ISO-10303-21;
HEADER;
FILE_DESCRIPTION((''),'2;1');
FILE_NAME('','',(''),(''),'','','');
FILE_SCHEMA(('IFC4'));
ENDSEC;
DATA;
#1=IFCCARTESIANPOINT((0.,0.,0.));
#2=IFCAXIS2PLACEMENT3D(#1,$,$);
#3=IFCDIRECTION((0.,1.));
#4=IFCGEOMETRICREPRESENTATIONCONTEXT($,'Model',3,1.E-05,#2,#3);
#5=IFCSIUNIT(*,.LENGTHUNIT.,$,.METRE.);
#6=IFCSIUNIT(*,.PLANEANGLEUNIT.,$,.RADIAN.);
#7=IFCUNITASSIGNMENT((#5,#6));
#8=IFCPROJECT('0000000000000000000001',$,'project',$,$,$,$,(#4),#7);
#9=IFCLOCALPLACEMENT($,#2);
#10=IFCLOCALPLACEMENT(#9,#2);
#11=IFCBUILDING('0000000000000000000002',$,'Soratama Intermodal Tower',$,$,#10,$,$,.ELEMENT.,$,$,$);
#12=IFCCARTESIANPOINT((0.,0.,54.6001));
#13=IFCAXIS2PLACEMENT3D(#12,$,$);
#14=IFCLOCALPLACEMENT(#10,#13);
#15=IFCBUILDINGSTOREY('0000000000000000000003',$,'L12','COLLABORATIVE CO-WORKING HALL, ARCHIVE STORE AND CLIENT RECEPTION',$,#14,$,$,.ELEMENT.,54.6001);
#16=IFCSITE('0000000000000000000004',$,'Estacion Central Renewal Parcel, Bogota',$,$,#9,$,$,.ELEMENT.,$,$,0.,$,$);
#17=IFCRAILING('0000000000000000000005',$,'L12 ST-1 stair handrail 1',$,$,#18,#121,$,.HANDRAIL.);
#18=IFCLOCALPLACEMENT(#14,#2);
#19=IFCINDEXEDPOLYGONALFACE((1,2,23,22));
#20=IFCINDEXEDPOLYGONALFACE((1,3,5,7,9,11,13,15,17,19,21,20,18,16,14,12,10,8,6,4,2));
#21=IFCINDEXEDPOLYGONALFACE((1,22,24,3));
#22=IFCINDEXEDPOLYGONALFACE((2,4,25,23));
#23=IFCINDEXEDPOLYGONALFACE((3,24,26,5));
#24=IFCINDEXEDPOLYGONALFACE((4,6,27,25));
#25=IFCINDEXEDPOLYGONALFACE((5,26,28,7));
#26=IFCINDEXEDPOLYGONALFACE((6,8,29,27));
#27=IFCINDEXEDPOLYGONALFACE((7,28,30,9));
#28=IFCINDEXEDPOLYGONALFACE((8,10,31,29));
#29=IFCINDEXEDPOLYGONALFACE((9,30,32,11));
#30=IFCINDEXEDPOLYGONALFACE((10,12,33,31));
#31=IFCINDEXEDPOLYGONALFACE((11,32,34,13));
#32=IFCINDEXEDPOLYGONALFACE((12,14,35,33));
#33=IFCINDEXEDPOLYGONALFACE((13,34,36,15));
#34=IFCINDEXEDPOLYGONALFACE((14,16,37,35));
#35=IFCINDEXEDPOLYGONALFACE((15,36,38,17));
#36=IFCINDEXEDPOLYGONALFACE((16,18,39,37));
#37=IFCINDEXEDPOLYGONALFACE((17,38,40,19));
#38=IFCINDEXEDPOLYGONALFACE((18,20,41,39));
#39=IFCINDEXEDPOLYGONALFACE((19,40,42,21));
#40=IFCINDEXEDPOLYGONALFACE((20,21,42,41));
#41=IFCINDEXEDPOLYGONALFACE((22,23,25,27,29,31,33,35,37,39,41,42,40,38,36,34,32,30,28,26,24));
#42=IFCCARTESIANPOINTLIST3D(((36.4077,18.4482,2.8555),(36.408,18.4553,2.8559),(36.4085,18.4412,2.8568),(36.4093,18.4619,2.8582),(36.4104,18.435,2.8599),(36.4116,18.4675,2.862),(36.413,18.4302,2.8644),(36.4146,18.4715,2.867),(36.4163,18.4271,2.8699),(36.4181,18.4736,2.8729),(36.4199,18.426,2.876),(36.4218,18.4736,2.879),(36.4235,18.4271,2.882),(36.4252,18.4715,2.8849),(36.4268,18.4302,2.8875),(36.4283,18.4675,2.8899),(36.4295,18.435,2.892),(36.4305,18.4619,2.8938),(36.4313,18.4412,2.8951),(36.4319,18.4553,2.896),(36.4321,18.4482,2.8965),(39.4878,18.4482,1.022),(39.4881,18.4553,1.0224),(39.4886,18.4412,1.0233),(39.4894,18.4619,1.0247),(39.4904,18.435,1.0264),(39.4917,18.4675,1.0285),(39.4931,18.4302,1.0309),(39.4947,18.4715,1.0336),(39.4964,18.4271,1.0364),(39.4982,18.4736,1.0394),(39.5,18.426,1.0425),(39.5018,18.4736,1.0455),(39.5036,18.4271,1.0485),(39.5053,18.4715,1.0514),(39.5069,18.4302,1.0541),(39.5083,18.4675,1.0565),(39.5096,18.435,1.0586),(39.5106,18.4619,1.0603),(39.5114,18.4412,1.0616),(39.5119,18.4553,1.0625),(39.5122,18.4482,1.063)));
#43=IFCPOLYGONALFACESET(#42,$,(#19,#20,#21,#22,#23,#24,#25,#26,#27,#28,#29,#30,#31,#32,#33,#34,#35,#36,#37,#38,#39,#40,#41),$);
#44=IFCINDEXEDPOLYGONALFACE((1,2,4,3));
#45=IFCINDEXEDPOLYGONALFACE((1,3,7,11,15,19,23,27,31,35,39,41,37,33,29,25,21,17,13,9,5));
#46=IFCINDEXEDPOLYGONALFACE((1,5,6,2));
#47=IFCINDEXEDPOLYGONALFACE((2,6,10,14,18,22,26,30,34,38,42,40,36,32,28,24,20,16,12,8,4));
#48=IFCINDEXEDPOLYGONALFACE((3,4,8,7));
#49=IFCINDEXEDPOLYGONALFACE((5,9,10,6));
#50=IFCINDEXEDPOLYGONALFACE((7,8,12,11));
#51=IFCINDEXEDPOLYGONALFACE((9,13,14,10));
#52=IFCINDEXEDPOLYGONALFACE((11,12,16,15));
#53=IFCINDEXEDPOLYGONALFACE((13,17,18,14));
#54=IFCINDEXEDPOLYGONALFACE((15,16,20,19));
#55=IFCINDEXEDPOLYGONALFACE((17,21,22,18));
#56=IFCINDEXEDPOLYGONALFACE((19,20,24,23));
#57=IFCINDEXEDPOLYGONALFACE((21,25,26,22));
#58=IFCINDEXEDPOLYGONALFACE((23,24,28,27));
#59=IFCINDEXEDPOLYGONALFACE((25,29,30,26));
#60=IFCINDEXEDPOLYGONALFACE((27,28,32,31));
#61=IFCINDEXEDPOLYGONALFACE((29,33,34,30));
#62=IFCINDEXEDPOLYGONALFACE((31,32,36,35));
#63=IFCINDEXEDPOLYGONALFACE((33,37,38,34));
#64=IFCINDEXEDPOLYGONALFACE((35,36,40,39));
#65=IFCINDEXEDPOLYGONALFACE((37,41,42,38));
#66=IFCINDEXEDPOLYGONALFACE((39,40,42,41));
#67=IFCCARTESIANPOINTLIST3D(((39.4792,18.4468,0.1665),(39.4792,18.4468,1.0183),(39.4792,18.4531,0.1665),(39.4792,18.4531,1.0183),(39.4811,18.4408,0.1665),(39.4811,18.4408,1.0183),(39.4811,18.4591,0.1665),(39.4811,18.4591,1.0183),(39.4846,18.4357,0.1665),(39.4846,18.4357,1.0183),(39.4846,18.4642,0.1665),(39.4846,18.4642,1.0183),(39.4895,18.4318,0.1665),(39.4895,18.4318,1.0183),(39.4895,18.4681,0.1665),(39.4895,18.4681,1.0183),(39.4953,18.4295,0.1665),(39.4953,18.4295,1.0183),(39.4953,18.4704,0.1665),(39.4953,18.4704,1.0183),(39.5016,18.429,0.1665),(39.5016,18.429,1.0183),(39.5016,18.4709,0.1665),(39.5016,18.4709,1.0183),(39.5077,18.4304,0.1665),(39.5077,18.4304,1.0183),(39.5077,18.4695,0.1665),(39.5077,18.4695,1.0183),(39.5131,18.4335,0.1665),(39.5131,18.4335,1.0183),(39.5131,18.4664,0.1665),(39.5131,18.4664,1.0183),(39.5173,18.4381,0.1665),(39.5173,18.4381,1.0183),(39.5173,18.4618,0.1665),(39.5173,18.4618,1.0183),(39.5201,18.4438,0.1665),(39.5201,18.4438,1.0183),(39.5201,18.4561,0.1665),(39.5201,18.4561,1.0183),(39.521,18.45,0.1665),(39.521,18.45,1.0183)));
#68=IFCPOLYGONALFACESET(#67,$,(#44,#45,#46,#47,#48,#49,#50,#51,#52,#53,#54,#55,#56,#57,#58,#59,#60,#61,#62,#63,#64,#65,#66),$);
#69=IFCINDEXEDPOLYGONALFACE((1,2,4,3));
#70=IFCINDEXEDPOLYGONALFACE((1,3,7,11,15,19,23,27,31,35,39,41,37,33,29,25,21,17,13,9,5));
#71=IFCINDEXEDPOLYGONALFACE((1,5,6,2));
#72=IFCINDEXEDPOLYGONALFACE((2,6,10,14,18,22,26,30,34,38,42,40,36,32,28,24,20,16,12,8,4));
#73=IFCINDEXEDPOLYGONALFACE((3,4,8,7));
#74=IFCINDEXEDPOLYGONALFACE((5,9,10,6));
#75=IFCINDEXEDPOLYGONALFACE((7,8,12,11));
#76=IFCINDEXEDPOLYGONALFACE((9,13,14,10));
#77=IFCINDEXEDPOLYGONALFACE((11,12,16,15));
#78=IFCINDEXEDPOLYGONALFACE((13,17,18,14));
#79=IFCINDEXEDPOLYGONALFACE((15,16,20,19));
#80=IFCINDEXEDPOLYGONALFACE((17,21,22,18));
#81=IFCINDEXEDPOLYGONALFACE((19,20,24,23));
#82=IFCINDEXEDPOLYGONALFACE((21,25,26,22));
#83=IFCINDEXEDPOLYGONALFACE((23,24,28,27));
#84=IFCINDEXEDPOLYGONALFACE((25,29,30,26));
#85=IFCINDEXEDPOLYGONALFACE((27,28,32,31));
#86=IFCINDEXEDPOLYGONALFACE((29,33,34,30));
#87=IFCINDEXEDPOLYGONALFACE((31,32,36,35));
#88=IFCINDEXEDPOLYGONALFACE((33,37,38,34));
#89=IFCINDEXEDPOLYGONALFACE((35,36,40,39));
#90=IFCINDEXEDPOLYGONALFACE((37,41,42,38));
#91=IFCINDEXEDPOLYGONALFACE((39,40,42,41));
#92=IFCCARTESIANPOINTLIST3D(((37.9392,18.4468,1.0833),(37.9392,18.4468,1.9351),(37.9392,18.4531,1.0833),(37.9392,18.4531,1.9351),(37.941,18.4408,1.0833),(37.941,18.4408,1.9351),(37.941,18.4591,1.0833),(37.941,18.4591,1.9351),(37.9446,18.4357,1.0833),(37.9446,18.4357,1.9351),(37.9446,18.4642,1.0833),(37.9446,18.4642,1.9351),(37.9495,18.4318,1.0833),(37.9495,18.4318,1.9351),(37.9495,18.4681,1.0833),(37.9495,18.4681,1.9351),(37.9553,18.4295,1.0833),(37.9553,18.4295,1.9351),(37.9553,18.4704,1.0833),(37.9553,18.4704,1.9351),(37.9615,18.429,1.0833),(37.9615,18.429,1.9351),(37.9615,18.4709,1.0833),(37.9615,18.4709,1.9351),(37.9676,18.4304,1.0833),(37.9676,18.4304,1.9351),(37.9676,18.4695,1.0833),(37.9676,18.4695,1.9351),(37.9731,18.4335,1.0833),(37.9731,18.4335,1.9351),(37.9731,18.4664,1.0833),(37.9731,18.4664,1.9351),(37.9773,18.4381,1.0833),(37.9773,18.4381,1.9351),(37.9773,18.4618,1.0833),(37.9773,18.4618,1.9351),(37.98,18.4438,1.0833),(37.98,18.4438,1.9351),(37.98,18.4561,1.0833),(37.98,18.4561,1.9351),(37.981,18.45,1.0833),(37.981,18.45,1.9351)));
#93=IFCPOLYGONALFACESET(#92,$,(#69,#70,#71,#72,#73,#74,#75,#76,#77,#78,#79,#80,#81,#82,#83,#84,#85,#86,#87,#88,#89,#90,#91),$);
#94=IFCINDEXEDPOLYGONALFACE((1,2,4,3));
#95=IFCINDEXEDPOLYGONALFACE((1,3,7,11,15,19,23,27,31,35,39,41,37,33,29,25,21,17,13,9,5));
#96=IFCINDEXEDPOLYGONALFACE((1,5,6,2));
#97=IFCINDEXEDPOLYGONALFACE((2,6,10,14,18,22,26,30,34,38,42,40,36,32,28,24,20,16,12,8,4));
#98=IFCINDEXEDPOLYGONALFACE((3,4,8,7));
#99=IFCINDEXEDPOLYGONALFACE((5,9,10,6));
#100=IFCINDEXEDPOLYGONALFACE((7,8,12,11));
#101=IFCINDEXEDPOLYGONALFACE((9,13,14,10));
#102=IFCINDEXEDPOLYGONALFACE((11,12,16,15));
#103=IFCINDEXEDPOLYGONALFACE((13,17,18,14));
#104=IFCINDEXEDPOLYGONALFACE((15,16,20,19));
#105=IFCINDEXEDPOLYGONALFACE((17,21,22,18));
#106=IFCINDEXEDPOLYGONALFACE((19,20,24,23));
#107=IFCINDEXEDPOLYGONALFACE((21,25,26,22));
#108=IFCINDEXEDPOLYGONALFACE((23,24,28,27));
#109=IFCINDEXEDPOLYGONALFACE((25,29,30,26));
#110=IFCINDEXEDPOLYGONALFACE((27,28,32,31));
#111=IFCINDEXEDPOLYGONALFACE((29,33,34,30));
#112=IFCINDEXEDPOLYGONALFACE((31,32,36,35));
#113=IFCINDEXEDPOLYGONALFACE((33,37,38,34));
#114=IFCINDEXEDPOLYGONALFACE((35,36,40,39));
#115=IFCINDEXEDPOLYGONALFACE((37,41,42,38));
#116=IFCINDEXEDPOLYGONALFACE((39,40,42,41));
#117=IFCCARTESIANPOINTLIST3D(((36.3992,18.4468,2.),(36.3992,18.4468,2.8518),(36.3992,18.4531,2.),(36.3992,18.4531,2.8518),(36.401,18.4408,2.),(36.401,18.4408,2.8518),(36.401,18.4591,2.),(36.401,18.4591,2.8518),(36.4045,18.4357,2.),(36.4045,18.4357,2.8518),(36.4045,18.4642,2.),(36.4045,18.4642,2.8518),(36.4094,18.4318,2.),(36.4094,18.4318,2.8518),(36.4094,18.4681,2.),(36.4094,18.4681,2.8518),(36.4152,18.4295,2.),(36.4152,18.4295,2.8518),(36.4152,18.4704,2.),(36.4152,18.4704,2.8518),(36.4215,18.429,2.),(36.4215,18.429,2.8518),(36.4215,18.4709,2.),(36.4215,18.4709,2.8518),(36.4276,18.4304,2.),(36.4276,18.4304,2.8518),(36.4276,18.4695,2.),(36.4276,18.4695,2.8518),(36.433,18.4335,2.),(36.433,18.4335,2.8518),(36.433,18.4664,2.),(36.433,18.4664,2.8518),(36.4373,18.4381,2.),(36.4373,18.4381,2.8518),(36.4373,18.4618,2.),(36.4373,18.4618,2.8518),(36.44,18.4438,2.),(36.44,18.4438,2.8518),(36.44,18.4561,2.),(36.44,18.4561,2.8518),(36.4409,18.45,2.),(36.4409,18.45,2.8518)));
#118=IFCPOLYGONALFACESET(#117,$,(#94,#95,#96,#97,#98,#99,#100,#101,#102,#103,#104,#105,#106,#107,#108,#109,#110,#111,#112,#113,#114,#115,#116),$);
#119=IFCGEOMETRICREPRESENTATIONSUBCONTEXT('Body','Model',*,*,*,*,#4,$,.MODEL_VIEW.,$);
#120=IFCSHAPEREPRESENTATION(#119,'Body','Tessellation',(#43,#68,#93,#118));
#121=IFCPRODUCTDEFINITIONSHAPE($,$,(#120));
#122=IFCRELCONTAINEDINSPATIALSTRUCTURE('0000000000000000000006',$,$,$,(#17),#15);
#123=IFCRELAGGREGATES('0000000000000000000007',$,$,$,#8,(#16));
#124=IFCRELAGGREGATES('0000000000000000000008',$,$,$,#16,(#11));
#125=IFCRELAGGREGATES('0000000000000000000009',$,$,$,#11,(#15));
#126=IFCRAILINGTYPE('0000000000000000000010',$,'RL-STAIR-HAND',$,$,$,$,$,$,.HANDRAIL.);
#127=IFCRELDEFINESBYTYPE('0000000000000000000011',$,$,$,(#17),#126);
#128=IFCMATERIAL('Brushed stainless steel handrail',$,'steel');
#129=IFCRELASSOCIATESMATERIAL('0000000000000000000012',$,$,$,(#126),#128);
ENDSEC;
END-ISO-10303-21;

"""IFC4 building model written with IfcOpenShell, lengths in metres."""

from ifc_helpers import new_model, si_unit, direction, frame, origin, origin_2d, place, context, subcontext, project, spatial, circle, extrude, material, type_object, element, save


model = new_model("IFC4")

# Units and contexts
model_context = context("Model", 3, precision=1e-05, world=origin(), true_north=direction((0.0, 1.0)))
body_context = subcontext(model_context, "Body", "Model", "MODEL_VIEW")
ifc_project = project(units=[si_unit("LENGTHUNIT", "METRE"), si_unit("PLANEANGLEUNIT", "RADIAN")], contexts=[model_context])

# Site, building, storey
site_placement = place(None, origin())
site = spatial("IfcSite", under=ifc_project, at=site_placement, Name="Estacion Central Renewal Parcel, Bogota", CompositionType="ELEMENT", RefElevation=0.0)
building_placement = place(site_placement, origin())
building = spatial("IfcBuilding", under=site, at=building_placement, Name="Soratama Intermodal Tower", CompositionType="ELEMENT")
storey_placement = place(building_placement, frame((0.0, 0.0, 54.6001)))
storey = spatial("IfcBuildingStorey", under=building, at=storey_placement, Name="L12", Description="COLLABORATIVE CO-WORKING HALL, ARCHIVE STORE AND CLIENT RECEPTION", CompositionType="ELEMENT", Elevation=54.6001)

# Railing
ifc_material_1 = material(Name="Brushed stainless steel handrail", Category="steel")
railing_type_1 = type_object("IfcRailingType", Name="RL-STAIR-HAND", PredefinedType="HANDRAIL", material=ifc_material_1)
railing_1_placement = place(storey_placement, frame((39.5, 18.45, 0.1665)))
element("IfcRailing", 1, at=railing_1_placement, inside=storey, type_object=railing_type_1, Name="L12 ST-1 stair handrail 1", PredefinedType="HANDRAIL", context=body_context, shape_type="SweptSolid", body=[
    extrude(circle(Radius=0.0239, at=origin_2d()), frame((0.0, 0.0, 0.876), z_axis=(-0.859279, 0.0, 0.511508), x_axis=(0.0, -1.0, 0.0)), (0.0, 0.0, 1.0), 3.5845),
    extrude(circle(Radius=0.021, at=origin_2d()), origin(), (0.0, 0.0, 1.0), 0.8518),
    extrude(circle(Radius=0.021, at=origin_2d()), frame((-1.54, 0.0, 0.9167)), (0.0, 0.0, 1.0), 0.8518),
    extrude(circle(Radius=0.021, at=origin_2d()), frame((-3.0801, 0.0, 1.8335)), (0.0, 0.0, 1.0), 0.8518),
])

save(model, "model.ifc")
